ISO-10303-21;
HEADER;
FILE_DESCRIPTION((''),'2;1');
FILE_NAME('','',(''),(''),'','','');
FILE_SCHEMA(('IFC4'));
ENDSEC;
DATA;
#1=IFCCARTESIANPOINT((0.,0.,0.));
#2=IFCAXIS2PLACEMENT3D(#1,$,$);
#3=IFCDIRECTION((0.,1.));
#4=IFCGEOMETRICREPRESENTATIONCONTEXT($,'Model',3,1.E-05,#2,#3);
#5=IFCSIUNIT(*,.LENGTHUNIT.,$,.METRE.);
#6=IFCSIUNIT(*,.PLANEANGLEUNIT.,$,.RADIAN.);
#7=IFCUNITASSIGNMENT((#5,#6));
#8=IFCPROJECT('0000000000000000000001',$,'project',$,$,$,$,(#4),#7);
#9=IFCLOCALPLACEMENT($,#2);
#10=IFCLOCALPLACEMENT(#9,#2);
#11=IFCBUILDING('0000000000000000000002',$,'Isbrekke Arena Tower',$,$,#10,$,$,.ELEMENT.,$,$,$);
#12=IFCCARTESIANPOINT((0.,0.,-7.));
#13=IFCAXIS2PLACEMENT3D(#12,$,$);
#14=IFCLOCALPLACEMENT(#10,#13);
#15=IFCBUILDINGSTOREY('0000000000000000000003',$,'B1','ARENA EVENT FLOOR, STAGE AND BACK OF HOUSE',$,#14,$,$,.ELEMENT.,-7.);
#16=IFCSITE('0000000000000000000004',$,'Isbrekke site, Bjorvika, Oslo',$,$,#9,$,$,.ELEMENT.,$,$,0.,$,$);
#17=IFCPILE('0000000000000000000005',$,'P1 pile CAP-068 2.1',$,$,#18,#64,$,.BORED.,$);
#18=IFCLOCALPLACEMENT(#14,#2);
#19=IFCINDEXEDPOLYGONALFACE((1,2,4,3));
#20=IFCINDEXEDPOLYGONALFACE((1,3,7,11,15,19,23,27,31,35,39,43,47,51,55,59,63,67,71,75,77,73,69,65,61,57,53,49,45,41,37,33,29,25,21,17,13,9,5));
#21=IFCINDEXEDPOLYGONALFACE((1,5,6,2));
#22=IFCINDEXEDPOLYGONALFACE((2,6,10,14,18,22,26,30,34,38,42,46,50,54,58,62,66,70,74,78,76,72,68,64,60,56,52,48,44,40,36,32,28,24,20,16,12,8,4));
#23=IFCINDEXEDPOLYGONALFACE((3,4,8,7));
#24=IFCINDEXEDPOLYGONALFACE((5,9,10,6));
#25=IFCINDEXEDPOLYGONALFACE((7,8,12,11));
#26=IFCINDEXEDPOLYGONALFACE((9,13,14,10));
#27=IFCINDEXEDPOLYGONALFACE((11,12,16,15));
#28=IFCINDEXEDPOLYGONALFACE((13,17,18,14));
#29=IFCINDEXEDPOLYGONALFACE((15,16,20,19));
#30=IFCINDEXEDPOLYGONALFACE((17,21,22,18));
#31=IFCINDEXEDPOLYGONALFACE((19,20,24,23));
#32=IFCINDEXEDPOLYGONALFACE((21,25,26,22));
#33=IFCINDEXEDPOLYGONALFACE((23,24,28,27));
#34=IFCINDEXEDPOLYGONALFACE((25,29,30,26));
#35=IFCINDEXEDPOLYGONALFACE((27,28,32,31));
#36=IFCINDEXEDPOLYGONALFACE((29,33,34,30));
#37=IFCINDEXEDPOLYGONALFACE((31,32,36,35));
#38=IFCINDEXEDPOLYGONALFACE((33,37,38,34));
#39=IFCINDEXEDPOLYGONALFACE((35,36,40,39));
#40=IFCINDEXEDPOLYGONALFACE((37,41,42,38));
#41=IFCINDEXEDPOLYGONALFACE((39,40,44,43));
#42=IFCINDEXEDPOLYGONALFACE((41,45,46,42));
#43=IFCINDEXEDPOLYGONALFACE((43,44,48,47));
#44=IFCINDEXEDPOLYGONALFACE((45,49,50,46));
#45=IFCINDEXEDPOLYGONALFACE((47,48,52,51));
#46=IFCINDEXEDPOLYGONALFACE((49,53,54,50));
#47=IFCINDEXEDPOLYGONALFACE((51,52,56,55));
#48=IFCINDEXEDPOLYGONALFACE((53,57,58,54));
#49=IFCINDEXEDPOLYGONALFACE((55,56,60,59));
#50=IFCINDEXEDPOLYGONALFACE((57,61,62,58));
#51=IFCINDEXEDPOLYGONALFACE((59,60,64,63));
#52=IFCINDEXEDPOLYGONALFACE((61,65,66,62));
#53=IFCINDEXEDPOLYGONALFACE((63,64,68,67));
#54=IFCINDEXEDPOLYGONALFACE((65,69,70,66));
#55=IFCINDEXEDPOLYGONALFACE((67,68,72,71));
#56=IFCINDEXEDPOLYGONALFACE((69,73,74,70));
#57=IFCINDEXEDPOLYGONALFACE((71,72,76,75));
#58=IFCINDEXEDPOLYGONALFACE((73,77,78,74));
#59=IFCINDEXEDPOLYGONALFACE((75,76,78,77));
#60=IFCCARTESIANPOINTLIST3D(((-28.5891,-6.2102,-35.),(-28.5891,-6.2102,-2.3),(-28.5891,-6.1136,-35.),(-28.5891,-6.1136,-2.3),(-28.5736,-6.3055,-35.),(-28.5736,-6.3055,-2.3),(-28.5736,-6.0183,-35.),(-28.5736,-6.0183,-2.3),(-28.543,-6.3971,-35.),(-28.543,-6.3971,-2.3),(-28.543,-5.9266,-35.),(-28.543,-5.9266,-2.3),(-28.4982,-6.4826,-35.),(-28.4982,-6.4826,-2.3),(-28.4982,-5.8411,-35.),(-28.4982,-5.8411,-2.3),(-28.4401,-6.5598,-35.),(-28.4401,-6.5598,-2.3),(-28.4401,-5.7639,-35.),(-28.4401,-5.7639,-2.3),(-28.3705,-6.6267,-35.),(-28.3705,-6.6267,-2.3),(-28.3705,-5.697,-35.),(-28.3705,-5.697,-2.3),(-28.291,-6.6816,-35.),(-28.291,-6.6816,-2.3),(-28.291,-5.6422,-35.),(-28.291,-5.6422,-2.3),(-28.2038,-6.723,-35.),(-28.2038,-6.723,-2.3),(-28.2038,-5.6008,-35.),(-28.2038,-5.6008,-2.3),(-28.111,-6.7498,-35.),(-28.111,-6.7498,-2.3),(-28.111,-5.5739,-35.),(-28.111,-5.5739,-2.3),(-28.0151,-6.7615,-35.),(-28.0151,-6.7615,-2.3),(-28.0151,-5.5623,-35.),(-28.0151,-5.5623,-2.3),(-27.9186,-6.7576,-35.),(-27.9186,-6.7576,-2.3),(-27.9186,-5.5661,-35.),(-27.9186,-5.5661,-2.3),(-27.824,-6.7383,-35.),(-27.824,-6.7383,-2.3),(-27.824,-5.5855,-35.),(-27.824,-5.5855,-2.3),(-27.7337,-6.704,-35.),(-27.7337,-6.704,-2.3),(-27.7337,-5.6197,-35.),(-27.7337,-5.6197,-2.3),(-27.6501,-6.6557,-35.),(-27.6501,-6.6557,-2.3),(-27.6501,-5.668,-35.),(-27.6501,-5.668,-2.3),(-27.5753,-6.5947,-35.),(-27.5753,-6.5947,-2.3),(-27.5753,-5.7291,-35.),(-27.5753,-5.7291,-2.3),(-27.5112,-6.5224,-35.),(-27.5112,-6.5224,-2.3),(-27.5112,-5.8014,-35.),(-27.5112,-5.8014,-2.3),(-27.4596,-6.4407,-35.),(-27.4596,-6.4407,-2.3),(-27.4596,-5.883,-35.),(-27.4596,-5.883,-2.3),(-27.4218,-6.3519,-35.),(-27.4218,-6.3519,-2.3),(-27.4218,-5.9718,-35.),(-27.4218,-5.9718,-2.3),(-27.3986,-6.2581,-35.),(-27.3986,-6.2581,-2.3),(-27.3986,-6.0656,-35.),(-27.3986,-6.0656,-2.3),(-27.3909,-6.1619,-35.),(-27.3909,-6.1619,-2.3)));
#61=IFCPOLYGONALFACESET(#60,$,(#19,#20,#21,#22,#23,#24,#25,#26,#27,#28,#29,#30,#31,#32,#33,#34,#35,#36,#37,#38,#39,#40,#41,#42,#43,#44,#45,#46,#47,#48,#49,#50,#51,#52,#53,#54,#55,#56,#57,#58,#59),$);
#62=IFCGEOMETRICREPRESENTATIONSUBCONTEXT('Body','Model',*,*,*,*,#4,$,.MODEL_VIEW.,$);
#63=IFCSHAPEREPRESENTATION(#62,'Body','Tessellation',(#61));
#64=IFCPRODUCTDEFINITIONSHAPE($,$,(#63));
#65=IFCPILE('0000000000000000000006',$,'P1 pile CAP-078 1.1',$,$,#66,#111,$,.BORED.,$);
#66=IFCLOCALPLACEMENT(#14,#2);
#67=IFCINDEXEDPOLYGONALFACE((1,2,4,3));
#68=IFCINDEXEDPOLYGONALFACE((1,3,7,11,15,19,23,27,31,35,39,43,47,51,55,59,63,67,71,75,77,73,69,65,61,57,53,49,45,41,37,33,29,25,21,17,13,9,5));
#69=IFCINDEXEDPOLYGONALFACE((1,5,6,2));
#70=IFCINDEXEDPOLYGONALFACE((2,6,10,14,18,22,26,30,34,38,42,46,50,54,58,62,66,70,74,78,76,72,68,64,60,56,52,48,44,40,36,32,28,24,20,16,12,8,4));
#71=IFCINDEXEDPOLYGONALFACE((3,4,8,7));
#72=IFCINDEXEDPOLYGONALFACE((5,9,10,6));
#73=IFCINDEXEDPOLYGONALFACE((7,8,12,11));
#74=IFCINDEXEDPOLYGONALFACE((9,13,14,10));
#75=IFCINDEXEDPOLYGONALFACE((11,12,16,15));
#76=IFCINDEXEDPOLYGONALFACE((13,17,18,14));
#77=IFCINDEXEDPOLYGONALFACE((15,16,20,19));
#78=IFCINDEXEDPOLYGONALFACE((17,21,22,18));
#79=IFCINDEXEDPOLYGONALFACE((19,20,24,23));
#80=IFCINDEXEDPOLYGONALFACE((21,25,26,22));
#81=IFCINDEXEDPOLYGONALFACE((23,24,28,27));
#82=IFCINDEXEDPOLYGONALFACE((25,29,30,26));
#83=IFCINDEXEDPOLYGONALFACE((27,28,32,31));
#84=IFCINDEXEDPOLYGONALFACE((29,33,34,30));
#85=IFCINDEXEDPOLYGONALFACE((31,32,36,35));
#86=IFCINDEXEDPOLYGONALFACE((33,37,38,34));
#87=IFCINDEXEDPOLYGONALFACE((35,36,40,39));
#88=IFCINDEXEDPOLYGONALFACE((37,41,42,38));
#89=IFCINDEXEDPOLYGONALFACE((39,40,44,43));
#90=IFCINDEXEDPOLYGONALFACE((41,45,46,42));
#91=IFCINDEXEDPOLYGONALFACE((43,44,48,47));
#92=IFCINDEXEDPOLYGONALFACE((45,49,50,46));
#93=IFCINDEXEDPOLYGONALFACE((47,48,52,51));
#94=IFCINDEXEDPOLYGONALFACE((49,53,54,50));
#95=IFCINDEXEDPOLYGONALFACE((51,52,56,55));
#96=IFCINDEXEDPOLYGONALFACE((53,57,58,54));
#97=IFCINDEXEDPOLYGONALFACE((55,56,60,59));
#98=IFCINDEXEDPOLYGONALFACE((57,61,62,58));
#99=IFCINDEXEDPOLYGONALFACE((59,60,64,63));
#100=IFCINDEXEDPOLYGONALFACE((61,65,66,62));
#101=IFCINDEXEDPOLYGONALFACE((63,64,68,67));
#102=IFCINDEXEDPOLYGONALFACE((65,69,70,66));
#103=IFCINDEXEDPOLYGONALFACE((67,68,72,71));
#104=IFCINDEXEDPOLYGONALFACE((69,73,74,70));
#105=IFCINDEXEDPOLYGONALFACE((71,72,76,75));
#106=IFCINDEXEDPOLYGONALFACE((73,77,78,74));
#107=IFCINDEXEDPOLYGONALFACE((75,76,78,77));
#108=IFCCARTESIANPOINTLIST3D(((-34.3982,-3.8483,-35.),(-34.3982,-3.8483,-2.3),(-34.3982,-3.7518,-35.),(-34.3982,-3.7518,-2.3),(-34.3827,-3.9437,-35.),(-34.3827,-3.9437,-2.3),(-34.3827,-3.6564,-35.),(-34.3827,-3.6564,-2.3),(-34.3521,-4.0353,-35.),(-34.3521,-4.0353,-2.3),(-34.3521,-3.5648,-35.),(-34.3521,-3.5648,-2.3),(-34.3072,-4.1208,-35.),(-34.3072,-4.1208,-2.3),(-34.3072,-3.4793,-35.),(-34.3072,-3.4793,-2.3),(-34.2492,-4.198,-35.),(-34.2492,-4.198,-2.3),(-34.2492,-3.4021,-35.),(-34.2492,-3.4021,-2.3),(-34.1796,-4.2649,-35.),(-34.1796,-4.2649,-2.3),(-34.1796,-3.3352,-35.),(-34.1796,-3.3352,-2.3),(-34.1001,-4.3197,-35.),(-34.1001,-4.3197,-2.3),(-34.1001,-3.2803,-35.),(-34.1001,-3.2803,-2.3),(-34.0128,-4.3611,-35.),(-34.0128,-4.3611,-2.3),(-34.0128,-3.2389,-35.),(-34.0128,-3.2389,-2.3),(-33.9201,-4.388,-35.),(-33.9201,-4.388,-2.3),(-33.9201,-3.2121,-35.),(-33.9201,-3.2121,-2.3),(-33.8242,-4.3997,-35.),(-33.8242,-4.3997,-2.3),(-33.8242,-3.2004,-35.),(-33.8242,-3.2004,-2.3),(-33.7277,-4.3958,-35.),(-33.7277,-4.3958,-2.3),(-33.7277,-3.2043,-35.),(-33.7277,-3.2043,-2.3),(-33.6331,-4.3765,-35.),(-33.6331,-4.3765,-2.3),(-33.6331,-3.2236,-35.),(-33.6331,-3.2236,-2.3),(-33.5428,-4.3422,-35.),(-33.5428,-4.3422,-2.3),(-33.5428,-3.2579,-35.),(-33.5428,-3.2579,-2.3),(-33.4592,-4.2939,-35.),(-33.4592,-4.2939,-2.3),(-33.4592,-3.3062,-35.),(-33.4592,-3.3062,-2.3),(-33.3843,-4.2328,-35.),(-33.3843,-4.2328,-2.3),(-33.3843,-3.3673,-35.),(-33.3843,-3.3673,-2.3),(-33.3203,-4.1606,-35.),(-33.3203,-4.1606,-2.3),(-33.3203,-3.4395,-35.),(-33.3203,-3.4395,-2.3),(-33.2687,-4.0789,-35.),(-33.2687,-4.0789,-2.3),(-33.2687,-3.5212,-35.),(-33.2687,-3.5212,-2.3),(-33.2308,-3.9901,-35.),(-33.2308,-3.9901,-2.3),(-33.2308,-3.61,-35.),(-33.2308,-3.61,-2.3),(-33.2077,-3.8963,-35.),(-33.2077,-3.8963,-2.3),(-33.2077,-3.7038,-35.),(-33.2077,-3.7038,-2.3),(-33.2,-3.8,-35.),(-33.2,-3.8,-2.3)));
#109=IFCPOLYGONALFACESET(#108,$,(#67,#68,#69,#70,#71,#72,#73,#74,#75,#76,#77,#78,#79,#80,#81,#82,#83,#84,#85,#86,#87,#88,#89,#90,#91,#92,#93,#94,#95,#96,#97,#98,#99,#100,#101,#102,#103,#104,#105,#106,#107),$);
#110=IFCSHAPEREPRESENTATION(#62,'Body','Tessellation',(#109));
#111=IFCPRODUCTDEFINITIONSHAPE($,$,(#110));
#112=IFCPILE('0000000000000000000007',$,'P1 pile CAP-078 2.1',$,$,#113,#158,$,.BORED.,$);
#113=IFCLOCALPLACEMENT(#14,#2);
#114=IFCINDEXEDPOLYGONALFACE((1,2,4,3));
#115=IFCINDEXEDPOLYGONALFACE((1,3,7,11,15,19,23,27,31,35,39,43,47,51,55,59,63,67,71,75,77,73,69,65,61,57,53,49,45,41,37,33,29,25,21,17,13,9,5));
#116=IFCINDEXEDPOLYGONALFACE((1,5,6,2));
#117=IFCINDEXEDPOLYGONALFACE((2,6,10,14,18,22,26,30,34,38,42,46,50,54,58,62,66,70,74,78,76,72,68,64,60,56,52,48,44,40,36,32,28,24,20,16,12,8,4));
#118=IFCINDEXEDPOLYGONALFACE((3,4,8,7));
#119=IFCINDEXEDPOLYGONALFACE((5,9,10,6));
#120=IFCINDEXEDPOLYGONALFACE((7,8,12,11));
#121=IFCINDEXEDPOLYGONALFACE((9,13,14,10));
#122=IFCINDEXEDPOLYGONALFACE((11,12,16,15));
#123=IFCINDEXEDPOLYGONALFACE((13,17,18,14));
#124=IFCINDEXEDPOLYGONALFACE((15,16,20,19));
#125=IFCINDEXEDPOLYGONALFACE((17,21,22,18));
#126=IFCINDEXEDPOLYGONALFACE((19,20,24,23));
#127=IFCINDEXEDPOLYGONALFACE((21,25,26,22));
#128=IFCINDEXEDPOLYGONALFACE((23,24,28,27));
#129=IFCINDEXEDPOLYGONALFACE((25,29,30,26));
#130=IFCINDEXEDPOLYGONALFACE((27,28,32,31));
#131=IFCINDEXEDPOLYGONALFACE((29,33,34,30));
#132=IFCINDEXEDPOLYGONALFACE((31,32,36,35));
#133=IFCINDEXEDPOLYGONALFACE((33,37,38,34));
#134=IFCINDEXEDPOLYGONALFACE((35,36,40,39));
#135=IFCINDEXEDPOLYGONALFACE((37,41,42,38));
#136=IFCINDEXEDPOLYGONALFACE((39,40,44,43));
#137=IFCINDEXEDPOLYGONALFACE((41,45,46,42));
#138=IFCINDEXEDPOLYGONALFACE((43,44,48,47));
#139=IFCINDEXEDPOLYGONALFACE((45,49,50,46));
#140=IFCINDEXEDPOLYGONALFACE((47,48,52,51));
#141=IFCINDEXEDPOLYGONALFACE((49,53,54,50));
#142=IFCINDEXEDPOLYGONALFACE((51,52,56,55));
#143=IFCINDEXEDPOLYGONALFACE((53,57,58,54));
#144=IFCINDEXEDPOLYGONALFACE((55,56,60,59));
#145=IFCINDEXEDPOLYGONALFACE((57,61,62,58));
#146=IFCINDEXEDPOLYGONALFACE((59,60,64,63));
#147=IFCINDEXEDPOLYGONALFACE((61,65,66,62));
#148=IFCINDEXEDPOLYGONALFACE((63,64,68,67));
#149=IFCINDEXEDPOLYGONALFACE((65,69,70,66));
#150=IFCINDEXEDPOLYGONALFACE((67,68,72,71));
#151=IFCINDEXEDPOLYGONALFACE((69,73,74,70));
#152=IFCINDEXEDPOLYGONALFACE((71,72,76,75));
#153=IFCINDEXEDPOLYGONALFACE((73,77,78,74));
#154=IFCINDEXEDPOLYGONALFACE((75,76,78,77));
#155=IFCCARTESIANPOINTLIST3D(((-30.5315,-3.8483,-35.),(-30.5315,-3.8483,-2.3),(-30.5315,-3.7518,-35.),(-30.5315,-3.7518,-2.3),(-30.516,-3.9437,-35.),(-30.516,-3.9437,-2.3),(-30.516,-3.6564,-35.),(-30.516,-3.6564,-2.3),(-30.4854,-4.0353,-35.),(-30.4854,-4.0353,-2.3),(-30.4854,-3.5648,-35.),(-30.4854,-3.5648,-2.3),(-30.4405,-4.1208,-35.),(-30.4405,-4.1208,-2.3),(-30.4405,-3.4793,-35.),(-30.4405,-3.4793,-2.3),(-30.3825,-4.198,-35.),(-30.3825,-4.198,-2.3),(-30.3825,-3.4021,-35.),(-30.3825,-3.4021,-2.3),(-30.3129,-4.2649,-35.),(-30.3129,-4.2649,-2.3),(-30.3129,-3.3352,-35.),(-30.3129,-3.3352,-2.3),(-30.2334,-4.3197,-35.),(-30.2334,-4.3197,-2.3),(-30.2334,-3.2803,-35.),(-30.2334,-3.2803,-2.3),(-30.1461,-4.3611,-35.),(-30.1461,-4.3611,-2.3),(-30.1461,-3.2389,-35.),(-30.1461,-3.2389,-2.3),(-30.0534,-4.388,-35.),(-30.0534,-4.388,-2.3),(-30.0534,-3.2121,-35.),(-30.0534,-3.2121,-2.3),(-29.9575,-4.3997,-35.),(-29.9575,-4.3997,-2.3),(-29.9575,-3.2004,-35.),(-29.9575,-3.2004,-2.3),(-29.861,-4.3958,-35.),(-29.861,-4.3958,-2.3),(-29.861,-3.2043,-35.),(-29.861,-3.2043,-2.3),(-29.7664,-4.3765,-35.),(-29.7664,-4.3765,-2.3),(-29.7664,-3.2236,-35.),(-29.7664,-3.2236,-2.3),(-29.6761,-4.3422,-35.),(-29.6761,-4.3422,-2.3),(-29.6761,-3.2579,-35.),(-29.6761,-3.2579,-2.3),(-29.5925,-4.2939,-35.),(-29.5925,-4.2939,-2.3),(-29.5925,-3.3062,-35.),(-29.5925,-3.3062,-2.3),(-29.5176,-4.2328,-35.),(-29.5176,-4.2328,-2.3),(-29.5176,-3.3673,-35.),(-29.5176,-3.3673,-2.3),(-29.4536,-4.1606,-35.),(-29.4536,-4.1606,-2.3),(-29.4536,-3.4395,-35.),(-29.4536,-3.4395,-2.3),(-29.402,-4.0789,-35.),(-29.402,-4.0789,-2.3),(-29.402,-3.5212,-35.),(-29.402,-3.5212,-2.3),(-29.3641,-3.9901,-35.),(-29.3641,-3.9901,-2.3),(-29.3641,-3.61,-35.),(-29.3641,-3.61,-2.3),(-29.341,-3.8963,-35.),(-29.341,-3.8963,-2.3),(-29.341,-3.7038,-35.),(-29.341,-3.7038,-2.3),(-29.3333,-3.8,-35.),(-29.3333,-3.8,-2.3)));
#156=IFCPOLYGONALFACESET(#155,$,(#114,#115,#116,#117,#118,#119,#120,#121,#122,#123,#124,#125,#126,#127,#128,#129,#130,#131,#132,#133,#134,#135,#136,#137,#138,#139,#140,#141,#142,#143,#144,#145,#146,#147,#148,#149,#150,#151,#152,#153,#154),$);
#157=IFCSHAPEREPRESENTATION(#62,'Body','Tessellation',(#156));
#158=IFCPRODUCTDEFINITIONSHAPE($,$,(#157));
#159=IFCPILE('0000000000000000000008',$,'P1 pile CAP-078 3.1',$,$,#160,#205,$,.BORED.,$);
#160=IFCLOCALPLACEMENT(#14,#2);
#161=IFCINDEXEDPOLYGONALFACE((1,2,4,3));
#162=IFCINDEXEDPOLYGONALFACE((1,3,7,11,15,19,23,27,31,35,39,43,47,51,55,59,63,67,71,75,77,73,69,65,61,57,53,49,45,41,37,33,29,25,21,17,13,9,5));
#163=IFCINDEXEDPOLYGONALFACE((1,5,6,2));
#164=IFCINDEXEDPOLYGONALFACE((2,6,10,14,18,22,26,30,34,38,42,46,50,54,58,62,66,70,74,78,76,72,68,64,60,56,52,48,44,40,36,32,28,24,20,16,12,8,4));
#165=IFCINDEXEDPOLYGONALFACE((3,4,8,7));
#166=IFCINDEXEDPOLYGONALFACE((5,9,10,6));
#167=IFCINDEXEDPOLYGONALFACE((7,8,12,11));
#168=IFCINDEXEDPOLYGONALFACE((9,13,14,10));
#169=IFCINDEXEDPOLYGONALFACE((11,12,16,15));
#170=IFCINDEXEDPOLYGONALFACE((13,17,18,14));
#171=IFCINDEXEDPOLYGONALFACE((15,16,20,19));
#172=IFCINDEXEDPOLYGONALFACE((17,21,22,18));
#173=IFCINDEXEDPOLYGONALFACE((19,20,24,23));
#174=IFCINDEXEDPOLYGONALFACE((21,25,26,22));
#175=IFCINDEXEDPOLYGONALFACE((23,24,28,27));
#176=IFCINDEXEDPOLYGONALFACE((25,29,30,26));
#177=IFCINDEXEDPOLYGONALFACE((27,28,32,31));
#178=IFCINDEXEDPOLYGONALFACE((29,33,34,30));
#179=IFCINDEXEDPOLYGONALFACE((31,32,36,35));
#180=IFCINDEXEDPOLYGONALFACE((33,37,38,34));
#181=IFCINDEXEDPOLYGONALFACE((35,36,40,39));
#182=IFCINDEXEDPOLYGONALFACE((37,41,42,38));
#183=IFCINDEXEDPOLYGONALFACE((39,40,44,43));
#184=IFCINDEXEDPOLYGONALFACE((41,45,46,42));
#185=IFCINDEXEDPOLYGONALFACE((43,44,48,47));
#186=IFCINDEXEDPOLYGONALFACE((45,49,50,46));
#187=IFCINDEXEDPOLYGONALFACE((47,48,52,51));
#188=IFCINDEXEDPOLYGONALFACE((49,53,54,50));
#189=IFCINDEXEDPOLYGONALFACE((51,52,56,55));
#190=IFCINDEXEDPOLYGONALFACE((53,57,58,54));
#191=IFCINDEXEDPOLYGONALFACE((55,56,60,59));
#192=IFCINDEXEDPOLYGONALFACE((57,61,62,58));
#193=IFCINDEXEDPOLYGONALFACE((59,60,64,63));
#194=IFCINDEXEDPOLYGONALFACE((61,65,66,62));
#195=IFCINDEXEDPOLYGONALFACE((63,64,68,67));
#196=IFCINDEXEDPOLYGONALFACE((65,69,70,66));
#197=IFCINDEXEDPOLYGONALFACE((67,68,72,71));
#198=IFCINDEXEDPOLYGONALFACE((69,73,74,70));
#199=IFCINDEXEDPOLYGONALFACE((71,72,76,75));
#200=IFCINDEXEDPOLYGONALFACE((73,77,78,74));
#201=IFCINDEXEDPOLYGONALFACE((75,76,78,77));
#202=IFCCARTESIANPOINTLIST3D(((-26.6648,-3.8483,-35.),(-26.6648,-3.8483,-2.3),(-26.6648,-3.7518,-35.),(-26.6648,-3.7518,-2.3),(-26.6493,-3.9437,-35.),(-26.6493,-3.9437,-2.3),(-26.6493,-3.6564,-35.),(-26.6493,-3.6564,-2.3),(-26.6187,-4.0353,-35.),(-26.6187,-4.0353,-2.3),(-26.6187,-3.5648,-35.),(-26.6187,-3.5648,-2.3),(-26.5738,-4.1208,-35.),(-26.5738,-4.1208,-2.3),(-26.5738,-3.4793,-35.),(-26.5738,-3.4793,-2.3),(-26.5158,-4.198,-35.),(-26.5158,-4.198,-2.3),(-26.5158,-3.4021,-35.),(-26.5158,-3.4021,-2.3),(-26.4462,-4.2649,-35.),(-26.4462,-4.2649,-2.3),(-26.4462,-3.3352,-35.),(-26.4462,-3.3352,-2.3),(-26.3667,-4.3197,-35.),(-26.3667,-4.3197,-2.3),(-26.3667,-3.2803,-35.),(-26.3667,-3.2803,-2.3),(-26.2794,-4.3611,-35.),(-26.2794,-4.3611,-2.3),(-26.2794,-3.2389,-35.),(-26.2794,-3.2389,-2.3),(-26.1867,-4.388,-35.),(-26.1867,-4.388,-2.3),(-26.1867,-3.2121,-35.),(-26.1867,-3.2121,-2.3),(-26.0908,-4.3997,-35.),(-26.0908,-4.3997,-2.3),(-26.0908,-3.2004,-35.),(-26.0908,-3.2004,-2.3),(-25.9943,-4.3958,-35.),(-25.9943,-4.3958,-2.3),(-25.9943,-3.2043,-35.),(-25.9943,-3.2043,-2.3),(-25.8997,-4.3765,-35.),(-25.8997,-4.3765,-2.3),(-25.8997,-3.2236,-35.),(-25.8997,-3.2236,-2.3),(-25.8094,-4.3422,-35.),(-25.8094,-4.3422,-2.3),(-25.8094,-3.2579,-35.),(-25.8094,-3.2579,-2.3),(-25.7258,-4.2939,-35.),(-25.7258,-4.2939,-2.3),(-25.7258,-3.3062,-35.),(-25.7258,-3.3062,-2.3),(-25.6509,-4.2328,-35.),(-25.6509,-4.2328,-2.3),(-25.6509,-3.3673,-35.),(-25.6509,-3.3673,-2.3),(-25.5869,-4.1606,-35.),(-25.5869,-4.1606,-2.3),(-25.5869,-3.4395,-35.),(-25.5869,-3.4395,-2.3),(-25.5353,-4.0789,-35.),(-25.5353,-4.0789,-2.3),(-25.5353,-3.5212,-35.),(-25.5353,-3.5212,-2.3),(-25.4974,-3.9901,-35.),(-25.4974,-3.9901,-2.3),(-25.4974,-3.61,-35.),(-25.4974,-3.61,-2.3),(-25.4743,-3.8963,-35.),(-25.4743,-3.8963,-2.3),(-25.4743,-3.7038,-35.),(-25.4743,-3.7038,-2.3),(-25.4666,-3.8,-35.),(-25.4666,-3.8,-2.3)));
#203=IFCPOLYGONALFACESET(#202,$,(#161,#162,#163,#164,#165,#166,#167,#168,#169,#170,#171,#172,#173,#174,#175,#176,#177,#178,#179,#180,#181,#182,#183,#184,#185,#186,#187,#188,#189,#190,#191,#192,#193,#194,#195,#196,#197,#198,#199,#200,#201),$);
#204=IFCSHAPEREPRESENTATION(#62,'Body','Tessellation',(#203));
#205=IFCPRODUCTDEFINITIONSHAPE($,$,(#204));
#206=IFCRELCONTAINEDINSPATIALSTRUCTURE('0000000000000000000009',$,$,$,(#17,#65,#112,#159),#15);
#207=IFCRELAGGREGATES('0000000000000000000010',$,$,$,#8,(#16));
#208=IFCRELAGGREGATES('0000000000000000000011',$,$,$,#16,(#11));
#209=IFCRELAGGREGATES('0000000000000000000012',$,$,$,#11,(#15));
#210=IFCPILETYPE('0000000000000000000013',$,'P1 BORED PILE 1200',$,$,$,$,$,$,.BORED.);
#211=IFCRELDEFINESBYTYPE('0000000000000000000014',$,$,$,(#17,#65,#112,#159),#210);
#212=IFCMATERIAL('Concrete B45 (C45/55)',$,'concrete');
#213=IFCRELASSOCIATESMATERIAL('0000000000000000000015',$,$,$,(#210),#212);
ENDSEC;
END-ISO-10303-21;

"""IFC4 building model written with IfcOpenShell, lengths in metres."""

from ifc_helpers import new_model, si_unit, direction, frame, origin, origin_2d, place, context, subcontext, project, spatial, circle, extrude, material, material_profile, profile_set, type_object, element, save


model = new_model("IFC4")

# Units and contexts
model_context = context("Model", 3, precision=1e-05, world=origin(), true_north=direction((0.0, 1.0)))
body_context = subcontext(model_context, "Body", "Model", "MODEL_VIEW")
ifc_project = project(units=[si_unit("LENGTHUNIT", "METRE"), si_unit("PLANEANGLEUNIT", "RADIAN")], contexts=[model_context])

# Site, building, storey
site_placement = place(None, origin())
site = spatial("IfcSite", under=ifc_project, at=site_placement, Name="Isbrekke site, Bjorvika, Oslo", CompositionType="ELEMENT", RefElevation=0.0)
building_placement = place(site_placement, origin())
building = spatial("IfcBuilding", under=site, at=building_placement, Name="Isbrekke Arena Tower", CompositionType="ELEMENT")
storey_placement = place(building_placement, frame((0.0, 0.0, -7.0)))
storey = spatial("IfcBuildingStorey", under=building, at=storey_placement, Name="B1", Description="ARENA EVENT FLOOR, STAGE AND BACK OF HOUSE", CompositionType="ELEMENT", Elevation=-7.0)

# Piles
ifc_material_1 = material(Name="Concrete B45 (C45/55)", Category="concrete")
ifc_material_profile_1 = material_profile(ifc_material_1, circle(Radius=0.6001, at=origin_2d()), Name="BORED PILE D1200")
ifc_profile_set_1 = profile_set([ifc_material_profile_1], Name="Concrete B45 (C45/55)")
pile_type = type_object("IfcPileType", Name="P1 BORED PILE 1200", PredefinedType="BORED", material=ifc_profile_set_1)
for number, where, z_axis, x_axis, name in (
    (1, (-27.991, -6.1619, -2.3), (0.0, 0.0, -1.0), (1.0, 0.0, 0.0), "P1 pile CAP-068 2.1"),
    (2, (-33.8, -3.8, -2.3), (0.0, 0.0, -1.0), (1.0, 0.0, 0.0), "P1 pile CAP-078 1.1"),
    (3, (-29.9333, -3.8, -2.3), (0.0, 0.0, -1.0), (1.0, 0.0, 0.0), "P1 pile CAP-078 2.1"),
    (4, (-26.0667, -3.8, -2.3), (0.0, 0.0, -1.0), (1.0, 0.0, 0.0), "P1 pile CAP-078 3.1"),
):
    element("IfcPile", number, at=place(storey_placement, frame(where, z_axis=z_axis, x_axis=x_axis)), inside=storey, type_object=pile_type, Name=name, PredefinedType="BORED", context=body_context, shape_type="SweptSolid", body=[
        extrude(circle(Radius=0.6001, at=origin_2d()), origin(), (0.0, 0.0, 1.0), 32.7),
    ])

save(model, "model.ifc")
